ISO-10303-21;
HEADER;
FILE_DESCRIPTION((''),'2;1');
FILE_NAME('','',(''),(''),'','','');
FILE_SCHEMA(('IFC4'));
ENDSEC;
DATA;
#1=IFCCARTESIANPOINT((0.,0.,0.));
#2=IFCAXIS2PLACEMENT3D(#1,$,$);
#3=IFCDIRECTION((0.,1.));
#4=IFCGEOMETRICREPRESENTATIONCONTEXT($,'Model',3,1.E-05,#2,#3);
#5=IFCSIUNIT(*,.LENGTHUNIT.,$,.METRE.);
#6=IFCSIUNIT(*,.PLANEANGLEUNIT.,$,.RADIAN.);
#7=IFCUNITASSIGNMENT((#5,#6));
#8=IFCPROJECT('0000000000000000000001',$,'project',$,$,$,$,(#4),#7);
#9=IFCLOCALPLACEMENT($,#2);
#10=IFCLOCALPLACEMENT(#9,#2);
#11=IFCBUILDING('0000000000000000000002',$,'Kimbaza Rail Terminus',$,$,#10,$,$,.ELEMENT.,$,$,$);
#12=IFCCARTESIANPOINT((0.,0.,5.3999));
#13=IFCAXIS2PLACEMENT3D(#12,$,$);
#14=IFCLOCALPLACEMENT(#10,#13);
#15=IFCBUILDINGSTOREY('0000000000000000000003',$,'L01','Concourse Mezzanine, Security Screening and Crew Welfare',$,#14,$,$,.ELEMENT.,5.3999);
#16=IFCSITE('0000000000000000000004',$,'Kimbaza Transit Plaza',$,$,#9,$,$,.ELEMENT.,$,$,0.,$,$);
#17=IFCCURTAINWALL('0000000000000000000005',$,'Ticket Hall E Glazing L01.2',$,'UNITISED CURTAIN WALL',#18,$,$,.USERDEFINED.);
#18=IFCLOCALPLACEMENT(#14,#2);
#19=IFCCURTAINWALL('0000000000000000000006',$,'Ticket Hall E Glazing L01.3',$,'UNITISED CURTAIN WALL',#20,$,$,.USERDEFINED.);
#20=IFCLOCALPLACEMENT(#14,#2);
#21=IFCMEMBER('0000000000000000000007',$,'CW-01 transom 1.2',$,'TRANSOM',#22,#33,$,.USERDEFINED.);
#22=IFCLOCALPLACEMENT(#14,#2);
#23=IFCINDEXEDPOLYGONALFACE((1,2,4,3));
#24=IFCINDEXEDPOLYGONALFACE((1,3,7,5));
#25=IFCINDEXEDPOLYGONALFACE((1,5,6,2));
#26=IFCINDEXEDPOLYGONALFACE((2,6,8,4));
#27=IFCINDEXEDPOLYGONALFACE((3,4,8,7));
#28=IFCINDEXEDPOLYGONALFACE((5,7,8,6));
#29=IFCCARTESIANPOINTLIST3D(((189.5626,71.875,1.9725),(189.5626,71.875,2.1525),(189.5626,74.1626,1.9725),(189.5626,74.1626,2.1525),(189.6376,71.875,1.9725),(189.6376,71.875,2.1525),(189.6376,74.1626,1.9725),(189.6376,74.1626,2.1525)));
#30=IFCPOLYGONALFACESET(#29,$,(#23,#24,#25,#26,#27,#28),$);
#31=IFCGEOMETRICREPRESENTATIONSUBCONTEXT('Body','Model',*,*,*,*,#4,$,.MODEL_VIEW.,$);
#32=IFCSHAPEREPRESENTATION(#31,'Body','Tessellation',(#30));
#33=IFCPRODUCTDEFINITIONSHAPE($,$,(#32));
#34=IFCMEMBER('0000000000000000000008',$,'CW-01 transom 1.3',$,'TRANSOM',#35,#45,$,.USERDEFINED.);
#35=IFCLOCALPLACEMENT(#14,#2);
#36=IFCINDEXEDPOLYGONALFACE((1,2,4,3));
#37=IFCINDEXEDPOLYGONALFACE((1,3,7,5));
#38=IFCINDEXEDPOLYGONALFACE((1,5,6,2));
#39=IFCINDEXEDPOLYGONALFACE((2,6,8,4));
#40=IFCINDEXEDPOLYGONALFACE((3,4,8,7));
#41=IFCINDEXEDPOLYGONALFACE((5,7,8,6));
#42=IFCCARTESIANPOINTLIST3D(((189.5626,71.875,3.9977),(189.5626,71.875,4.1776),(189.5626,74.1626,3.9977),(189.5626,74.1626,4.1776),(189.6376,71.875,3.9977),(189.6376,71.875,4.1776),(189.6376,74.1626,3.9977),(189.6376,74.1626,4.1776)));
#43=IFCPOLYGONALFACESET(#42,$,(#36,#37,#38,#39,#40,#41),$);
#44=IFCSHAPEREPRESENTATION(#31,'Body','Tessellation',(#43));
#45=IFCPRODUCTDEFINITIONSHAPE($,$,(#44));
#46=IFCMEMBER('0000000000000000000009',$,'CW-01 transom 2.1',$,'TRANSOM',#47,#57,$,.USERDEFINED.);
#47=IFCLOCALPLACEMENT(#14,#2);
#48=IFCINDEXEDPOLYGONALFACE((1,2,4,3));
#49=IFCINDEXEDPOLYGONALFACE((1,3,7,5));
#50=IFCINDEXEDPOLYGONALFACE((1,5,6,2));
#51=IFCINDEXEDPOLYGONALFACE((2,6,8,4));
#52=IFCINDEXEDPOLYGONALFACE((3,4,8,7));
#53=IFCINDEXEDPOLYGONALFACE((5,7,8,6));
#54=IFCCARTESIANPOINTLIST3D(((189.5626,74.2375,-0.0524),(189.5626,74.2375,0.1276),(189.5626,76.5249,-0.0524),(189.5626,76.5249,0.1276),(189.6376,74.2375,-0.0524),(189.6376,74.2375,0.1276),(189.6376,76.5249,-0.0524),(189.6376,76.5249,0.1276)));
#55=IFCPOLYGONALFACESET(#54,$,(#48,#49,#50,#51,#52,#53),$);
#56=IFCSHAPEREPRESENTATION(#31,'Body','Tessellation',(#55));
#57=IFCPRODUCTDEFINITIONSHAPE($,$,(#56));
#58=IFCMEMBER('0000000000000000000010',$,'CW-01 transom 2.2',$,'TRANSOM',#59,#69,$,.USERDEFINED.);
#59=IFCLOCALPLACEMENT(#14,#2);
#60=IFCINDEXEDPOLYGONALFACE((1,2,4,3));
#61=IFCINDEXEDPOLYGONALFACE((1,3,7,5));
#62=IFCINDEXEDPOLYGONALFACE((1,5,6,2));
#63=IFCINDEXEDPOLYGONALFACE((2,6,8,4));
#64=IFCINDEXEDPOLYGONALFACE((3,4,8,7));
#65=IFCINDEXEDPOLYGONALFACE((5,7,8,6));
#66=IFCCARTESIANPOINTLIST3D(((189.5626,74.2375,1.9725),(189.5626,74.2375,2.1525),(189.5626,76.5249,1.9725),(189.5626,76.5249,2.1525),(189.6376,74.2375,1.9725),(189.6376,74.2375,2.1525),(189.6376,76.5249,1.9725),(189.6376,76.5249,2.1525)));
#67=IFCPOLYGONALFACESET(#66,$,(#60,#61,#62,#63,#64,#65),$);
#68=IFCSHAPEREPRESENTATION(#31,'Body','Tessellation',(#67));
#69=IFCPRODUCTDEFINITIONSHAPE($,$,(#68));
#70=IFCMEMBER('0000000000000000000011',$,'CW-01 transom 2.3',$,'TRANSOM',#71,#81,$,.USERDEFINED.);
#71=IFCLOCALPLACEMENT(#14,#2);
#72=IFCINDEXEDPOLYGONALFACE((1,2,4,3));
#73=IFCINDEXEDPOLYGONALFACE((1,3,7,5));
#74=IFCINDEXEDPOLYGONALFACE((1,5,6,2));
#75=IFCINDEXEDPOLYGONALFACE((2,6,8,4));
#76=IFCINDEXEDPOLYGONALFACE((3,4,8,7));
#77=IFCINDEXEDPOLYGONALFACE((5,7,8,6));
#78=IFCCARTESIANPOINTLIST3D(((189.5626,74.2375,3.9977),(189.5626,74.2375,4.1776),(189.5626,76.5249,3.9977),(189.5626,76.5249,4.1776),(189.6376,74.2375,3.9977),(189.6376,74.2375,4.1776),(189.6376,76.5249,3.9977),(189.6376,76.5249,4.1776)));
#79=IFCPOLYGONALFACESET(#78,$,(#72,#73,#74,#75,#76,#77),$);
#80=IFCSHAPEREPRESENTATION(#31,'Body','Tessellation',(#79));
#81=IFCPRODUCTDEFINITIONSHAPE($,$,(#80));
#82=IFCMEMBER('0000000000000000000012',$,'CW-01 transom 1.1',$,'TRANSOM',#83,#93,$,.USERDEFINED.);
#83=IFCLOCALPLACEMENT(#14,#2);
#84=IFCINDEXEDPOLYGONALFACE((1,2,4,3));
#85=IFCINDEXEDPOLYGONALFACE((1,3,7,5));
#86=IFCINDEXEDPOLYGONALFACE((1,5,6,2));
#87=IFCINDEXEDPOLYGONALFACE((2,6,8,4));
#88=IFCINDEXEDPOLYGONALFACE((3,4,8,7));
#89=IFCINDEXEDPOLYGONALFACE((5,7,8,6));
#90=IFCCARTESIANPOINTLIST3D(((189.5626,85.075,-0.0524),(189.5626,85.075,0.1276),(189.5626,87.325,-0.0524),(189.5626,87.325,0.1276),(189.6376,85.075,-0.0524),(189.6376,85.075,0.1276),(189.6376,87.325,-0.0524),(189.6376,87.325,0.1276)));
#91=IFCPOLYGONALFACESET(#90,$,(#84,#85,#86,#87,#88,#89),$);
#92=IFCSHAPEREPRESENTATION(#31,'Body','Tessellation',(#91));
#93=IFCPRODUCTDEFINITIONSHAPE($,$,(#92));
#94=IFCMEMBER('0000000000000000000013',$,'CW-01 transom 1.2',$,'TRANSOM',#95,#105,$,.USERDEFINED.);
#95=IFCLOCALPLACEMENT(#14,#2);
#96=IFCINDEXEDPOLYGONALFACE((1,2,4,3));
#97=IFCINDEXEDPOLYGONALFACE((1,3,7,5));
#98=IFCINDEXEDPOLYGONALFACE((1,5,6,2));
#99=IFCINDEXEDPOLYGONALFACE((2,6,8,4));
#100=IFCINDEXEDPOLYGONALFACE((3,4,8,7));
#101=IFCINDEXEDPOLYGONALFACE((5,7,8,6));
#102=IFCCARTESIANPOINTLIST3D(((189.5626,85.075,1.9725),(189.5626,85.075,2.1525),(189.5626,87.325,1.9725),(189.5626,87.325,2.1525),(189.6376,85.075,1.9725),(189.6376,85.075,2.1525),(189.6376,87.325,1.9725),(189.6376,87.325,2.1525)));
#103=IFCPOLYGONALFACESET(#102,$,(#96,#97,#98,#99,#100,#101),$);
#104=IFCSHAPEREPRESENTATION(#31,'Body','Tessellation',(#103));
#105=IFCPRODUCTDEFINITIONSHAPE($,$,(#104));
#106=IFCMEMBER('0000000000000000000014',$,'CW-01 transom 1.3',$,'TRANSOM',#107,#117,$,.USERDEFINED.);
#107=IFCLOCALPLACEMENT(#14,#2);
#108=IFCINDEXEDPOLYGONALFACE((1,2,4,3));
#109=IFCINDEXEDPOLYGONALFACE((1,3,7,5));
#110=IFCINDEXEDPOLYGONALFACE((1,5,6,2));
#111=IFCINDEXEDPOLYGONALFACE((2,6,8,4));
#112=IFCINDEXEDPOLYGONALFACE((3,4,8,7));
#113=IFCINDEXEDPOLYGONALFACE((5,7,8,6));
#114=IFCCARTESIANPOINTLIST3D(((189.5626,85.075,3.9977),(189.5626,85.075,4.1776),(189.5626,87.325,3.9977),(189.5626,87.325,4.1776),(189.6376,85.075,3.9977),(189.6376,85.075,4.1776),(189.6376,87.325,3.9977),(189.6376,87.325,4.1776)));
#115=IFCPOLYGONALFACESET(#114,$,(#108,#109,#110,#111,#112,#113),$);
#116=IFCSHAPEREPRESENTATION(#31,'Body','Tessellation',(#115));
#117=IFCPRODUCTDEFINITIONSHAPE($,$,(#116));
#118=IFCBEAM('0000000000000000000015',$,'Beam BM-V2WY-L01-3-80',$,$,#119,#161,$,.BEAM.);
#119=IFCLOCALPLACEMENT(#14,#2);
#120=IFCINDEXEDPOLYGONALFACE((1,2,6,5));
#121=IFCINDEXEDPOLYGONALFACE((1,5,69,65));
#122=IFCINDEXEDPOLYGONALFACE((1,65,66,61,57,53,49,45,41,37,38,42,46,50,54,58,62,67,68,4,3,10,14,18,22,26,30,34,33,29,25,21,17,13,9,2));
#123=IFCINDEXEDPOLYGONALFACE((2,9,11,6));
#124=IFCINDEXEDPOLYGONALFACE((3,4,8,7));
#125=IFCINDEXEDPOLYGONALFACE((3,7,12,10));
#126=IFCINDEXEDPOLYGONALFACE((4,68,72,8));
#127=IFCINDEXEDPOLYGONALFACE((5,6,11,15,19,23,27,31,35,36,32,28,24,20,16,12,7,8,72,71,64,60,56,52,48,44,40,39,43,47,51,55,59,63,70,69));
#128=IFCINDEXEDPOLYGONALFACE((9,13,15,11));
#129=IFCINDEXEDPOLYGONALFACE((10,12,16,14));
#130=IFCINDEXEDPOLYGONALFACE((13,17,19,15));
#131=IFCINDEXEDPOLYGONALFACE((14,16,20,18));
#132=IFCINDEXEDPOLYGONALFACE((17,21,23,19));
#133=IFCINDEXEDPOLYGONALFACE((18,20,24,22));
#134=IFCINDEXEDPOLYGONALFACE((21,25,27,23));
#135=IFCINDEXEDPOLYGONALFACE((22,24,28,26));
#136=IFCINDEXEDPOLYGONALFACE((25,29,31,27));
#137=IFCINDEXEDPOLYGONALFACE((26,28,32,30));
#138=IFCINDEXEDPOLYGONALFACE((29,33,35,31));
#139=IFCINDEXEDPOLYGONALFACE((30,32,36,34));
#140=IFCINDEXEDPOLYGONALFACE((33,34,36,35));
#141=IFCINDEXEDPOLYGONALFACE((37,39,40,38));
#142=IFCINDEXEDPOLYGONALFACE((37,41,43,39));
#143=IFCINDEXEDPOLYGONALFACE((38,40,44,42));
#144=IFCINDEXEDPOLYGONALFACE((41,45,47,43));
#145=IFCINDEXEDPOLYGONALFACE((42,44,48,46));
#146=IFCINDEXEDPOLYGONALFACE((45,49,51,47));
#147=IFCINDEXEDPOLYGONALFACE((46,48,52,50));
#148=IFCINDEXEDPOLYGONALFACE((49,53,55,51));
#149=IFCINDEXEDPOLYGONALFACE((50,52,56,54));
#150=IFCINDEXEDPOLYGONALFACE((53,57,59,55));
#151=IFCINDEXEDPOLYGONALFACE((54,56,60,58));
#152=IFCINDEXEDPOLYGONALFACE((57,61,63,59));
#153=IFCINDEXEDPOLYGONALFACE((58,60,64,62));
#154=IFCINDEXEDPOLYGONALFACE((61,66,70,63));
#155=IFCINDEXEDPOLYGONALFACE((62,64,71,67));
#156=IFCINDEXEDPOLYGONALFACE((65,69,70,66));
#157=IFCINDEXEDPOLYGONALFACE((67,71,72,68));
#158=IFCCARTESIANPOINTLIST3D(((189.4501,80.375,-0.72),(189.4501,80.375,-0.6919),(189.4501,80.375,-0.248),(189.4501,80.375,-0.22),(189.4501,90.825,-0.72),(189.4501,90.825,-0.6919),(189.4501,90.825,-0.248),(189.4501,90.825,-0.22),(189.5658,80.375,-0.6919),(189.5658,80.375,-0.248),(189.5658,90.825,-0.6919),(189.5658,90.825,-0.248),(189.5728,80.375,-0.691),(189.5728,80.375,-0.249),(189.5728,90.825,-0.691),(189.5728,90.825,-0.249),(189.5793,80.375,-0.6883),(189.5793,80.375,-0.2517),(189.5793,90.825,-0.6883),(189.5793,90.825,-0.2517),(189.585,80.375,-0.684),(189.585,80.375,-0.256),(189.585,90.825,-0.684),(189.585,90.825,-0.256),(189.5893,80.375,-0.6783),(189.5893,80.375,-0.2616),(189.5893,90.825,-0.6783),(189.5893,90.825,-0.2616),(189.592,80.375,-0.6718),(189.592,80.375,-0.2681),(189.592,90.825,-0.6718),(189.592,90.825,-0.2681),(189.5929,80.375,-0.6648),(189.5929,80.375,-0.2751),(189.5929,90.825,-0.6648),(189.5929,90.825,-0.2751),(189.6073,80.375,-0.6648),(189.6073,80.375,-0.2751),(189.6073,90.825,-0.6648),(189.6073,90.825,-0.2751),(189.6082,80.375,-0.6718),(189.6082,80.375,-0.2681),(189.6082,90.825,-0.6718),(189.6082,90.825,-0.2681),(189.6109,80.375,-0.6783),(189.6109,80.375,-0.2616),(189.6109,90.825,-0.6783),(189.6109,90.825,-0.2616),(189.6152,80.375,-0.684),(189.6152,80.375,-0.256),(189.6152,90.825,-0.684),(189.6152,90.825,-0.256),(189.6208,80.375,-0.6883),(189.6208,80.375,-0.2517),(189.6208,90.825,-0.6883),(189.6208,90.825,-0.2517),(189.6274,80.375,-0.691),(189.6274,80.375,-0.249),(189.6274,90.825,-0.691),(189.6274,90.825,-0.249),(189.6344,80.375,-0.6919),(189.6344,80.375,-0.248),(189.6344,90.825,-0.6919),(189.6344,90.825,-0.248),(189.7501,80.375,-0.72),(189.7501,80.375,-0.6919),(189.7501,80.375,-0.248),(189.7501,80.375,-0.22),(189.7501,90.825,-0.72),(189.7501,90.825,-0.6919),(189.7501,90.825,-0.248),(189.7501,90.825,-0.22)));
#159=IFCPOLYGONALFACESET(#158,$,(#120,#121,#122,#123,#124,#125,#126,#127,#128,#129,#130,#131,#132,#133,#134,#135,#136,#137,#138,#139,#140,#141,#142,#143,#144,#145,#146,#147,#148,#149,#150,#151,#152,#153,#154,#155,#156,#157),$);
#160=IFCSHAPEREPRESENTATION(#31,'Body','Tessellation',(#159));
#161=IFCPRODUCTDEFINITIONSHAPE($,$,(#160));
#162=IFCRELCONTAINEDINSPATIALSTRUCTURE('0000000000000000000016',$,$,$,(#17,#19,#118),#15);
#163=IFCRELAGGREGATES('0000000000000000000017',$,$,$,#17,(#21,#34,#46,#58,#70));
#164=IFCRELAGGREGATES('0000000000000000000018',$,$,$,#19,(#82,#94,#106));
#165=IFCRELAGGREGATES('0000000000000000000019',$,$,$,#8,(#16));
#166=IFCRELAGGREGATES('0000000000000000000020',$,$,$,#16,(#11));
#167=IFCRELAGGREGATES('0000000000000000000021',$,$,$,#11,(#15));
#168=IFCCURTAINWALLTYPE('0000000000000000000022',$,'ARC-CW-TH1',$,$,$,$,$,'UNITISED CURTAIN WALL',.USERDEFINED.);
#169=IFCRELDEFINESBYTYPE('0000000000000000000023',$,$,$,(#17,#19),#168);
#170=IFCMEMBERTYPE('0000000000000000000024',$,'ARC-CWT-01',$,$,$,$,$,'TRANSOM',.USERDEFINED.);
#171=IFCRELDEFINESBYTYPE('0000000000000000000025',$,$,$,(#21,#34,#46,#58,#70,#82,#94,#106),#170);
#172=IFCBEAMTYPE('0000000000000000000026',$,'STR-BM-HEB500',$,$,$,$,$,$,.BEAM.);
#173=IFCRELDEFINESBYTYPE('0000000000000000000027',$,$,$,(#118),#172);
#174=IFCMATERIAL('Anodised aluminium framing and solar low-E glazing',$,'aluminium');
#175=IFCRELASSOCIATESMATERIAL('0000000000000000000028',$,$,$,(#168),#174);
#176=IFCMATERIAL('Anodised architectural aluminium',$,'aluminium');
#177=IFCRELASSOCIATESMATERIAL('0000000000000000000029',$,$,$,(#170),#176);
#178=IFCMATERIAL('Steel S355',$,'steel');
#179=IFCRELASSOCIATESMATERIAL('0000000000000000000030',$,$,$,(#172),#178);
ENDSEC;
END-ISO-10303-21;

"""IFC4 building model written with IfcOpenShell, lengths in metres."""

from ifc_helpers import new_model, si_unit, direction, frame, origin, origin_2d, place, context, subcontext, project, spatial, rectangle, i_section, extrude, material, material_profile, profile_set, type_object, element, aggregate, save


model = new_model("IFC4")

# Units and contexts
model_context = context("Model", 3, precision=1e-05, world=origin(), true_north=direction((0.0, 1.0)))
body_context = subcontext(model_context, "Body", "Model", "MODEL_VIEW")
ifc_project = project(units=[si_unit("LENGTHUNIT", "METRE"), si_unit("PLANEANGLEUNIT", "RADIAN")], contexts=[model_context])

# Site, building, storey
site_placement = place(None, origin())
site = spatial("IfcSite", under=ifc_project, at=site_placement, Name="Kimbaza Transit Plaza", CompositionType="ELEMENT", RefElevation=0.0)
building_placement = place(site_placement, origin())
building = spatial("IfcBuilding", under=site, at=building_placement, Name="Kimbaza Rail Terminus", CompositionType="ELEMENT")
storey_placement = place(building_placement, frame((0.0, 0.0, 5.3999)))
storey = spatial("IfcBuildingStorey", under=building, at=storey_placement, Name="L01", Description="Concourse Mezzanine, Security Screening and Crew Welfare", CompositionType="ELEMENT", Elevation=5.3999)

# Curtain walls
ifc_material_1 = material(Name="Anodised aluminium framing and solar low-E glazing", Category="aluminium")
curtain_wall_type = type_object("IfcCurtainWallType", Name="ARC-CW-TH1", ElementType="UNITISED CURTAIN WALL", PredefinedType="USERDEFINED", material=ifc_material_1)
curtain_wall_1_placement = place(storey_placement, origin())
curtain_wall_1 = element("IfcCurtainWall", 1, at=curtain_wall_1_placement, inside=storey, type_object=curtain_wall_type, Name="Ticket Hall E Glazing L01.2", ObjectType="UNITISED CURTAIN WALL", PredefinedType="USERDEFINED")
curtain_wall_2_placement = place(storey_placement, origin())
curtain_wall_2 = element("IfcCurtainWall", 2, at=curtain_wall_2_placement, inside=storey, type_object=curtain_wall_type, Name="Ticket Hall E Glazing L01.3", ObjectType="UNITISED CURTAIN WALL", PredefinedType="USERDEFINED")

# Members
ifc_material_2 = material(Name="Anodised architectural aluminium", Category="aluminium")
ifc_material_profile_1 = material_profile(ifc_material_2, rectangle(XDim=0.075, YDim=0.1799, at=origin_2d()), Name="TRANSOM 75x180")
ifc_profile_set_1 = profile_set([ifc_material_profile_1], Name="Anodised architectural aluminium")
member_type_1 = type_object("IfcMemberType", Name="ARC-CWT-01", ElementType="TRANSOM", PredefinedType="USERDEFINED", material=ifc_profile_set_1)
member_1_placement = place(storey_placement, frame((189.6001, 71.875, 2.0625), z_axis=(0.0, 1.0, 0.0), x_axis=(-1.0, 0.0, 0.0)))
member_1 = element("IfcMember", 3, at=member_1_placement, type_object=member_type_1, Name="CW-01 transom 1.2", ObjectType="TRANSOM", PredefinedType="USERDEFINED", context=body_context, shape_type="SweptSolid", body=[
    extrude(rectangle(XDim=0.075, YDim=0.1799, at=origin_2d()), origin(), (0.0, 0.0, 1.0), 2.2876),
])
member_2_placement = place(storey_placement, frame((189.6001, 71.875, 4.0876), z_axis=(0.0, 1.0, 0.0), x_axis=(-1.0, 0.0, 0.0)))
member_2 = element("IfcMember", 4, at=member_2_placement, type_object=member_type_1, Name="CW-01 transom 1.3", ObjectType="TRANSOM", PredefinedType="USERDEFINED", context=body_context, shape_type="SweptSolid", body=[
    extrude(rectangle(XDim=0.075, YDim=0.1799, at=origin_2d()), origin(), (0.0, 0.0, 1.0), 2.2876),
])
member_3_placement = place(storey_placement, frame((189.6001, 74.2375, 0.0376), z_axis=(0.0, 1.0, 0.0), x_axis=(-1.0, 0.0, 0.0)))
member_3 = element("IfcMember", 5, at=member_3_placement, type_object=member_type_1, Name="CW-01 transom 2.1", ObjectType="TRANSOM", PredefinedType="USERDEFINED", context=body_context, shape_type="SweptSolid", body=[
    extrude(rectangle(XDim=0.075, YDim=0.1799, at=origin_2d()), origin(), (0.0, 0.0, 1.0), 2.2874),
])
member_4_placement = place(storey_placement, frame((189.6001, 74.2375, 2.0625), z_axis=(0.0, 1.0, 0.0), x_axis=(-1.0, 0.0, 0.0)))
member_4 = element("IfcMember", 6, at=member_4_placement, type_object=member_type_1, Name="CW-01 transom 2.2", ObjectType="TRANSOM", PredefinedType="USERDEFINED", context=body_context, shape_type="SweptSolid", body=[
    extrude(rectangle(XDim=0.075, YDim=0.1799, at=origin_2d()), origin(), (0.0, 0.0, 1.0), 2.2874),
])
member_5_placement = place(storey_placement, frame((189.6001, 74.2375, 4.0876), z_axis=(0.0, 1.0, 0.0), x_axis=(-1.0, 0.0, 0.0)))
member_5 = element("IfcMember", 7, at=member_5_placement, type_object=member_type_1, Name="CW-01 transom 2.3", ObjectType="TRANSOM", PredefinedType="USERDEFINED", context=body_context, shape_type="SweptSolid", body=[
    extrude(rectangle(XDim=0.075, YDim=0.1799, at=origin_2d()), origin(), (0.0, 0.0, 1.0), 2.2874),
])
member_6_placement = place(storey_placement, frame((189.6001, 85.075, 0.0376), z_axis=(0.0, 1.0, 0.0), x_axis=(-1.0, 0.0, 0.0)))
member_6 = element("IfcMember", 8, at=member_6_placement, type_object=member_type_1, Name="CW-01 transom 1.1", ObjectType="TRANSOM", PredefinedType="USERDEFINED", context=body_context, shape_type="SweptSolid", body=[
    extrude(rectangle(XDim=0.075, YDim=0.1799, at=origin_2d()), origin(), (0.0, 0.0, 1.0), 2.25),
])
member_7_placement = place(storey_placement, frame((189.6001, 85.075, 2.0625), z_axis=(0.0, 1.0, 0.0), x_axis=(-1.0, 0.0, 0.0)))
member_7 = element("IfcMember", 9, at=member_7_placement, type_object=member_type_1, Name="CW-01 transom 1.2", ObjectType="TRANSOM", PredefinedType="USERDEFINED", context=body_context, shape_type="SweptSolid", body=[
    extrude(rectangle(XDim=0.075, YDim=0.1799, at=origin_2d()), origin(), (0.0, 0.0, 1.0), 2.25),
])
member_8_placement = place(storey_placement, frame((189.6001, 85.075, 4.0876), z_axis=(0.0, 1.0, 0.0), x_axis=(-1.0, 0.0, 0.0)))
member_8 = element("IfcMember", 10, at=member_8_placement, type_object=member_type_1, Name="CW-01 transom 1.3", ObjectType="TRANSOM", PredefinedType="USERDEFINED", context=body_context, shape_type="SweptSolid", body=[
    extrude(rectangle(XDim=0.075, YDim=0.1799, at=origin_2d()), origin(), (0.0, 0.0, 1.0), 2.25),
])

# Beam
ifc_material_3 = material(Name="Steel S355", Category="steel")
ifc_material_profile_2 = material_profile(ifc_material_3, i_section(OverallWidth=0.3, OverallDepth=0.5, WebThickness=0.0144, FlangeThickness=0.0281, FilletRadius=0.0271, at=origin_2d()), Name="HEB 500")
ifc_profile_set_2 = profile_set([ifc_material_profile_2], Name="Steel S355")
beam_type_1 = type_object("IfcBeamType", Name="STR-BM-HEB500", PredefinedType="BEAM", material=ifc_profile_set_2)
beam_1_placement = place(storey_placement, frame((189.6001, 80.375, -0.47), z_axis=(0.0, 1.0, 0.0), x_axis=(-1.0, 0.0, 0.0)))
element("IfcBeam", 11, at=beam_1_placement, inside=storey, type_object=beam_type_1, Name="Beam BM-V2WY-L01-3-80", PredefinedType="BEAM", context=body_context, shape_type="SweptSolid", body=[
    extrude(i_section(OverallWidth=0.3, OverallDepth=0.5, WebThickness=0.0144, FlangeThickness=0.0281, FilletRadius=0.0271, at=origin_2d()), origin(), (0.0, 0.0, 1.0), 10.45),
])

aggregate(curtain_wall_1, [member_1, member_2, member_3, member_4, member_5])
aggregate(curtain_wall_2, [member_6, member_7, member_8])

save(model, "model.ifc")
